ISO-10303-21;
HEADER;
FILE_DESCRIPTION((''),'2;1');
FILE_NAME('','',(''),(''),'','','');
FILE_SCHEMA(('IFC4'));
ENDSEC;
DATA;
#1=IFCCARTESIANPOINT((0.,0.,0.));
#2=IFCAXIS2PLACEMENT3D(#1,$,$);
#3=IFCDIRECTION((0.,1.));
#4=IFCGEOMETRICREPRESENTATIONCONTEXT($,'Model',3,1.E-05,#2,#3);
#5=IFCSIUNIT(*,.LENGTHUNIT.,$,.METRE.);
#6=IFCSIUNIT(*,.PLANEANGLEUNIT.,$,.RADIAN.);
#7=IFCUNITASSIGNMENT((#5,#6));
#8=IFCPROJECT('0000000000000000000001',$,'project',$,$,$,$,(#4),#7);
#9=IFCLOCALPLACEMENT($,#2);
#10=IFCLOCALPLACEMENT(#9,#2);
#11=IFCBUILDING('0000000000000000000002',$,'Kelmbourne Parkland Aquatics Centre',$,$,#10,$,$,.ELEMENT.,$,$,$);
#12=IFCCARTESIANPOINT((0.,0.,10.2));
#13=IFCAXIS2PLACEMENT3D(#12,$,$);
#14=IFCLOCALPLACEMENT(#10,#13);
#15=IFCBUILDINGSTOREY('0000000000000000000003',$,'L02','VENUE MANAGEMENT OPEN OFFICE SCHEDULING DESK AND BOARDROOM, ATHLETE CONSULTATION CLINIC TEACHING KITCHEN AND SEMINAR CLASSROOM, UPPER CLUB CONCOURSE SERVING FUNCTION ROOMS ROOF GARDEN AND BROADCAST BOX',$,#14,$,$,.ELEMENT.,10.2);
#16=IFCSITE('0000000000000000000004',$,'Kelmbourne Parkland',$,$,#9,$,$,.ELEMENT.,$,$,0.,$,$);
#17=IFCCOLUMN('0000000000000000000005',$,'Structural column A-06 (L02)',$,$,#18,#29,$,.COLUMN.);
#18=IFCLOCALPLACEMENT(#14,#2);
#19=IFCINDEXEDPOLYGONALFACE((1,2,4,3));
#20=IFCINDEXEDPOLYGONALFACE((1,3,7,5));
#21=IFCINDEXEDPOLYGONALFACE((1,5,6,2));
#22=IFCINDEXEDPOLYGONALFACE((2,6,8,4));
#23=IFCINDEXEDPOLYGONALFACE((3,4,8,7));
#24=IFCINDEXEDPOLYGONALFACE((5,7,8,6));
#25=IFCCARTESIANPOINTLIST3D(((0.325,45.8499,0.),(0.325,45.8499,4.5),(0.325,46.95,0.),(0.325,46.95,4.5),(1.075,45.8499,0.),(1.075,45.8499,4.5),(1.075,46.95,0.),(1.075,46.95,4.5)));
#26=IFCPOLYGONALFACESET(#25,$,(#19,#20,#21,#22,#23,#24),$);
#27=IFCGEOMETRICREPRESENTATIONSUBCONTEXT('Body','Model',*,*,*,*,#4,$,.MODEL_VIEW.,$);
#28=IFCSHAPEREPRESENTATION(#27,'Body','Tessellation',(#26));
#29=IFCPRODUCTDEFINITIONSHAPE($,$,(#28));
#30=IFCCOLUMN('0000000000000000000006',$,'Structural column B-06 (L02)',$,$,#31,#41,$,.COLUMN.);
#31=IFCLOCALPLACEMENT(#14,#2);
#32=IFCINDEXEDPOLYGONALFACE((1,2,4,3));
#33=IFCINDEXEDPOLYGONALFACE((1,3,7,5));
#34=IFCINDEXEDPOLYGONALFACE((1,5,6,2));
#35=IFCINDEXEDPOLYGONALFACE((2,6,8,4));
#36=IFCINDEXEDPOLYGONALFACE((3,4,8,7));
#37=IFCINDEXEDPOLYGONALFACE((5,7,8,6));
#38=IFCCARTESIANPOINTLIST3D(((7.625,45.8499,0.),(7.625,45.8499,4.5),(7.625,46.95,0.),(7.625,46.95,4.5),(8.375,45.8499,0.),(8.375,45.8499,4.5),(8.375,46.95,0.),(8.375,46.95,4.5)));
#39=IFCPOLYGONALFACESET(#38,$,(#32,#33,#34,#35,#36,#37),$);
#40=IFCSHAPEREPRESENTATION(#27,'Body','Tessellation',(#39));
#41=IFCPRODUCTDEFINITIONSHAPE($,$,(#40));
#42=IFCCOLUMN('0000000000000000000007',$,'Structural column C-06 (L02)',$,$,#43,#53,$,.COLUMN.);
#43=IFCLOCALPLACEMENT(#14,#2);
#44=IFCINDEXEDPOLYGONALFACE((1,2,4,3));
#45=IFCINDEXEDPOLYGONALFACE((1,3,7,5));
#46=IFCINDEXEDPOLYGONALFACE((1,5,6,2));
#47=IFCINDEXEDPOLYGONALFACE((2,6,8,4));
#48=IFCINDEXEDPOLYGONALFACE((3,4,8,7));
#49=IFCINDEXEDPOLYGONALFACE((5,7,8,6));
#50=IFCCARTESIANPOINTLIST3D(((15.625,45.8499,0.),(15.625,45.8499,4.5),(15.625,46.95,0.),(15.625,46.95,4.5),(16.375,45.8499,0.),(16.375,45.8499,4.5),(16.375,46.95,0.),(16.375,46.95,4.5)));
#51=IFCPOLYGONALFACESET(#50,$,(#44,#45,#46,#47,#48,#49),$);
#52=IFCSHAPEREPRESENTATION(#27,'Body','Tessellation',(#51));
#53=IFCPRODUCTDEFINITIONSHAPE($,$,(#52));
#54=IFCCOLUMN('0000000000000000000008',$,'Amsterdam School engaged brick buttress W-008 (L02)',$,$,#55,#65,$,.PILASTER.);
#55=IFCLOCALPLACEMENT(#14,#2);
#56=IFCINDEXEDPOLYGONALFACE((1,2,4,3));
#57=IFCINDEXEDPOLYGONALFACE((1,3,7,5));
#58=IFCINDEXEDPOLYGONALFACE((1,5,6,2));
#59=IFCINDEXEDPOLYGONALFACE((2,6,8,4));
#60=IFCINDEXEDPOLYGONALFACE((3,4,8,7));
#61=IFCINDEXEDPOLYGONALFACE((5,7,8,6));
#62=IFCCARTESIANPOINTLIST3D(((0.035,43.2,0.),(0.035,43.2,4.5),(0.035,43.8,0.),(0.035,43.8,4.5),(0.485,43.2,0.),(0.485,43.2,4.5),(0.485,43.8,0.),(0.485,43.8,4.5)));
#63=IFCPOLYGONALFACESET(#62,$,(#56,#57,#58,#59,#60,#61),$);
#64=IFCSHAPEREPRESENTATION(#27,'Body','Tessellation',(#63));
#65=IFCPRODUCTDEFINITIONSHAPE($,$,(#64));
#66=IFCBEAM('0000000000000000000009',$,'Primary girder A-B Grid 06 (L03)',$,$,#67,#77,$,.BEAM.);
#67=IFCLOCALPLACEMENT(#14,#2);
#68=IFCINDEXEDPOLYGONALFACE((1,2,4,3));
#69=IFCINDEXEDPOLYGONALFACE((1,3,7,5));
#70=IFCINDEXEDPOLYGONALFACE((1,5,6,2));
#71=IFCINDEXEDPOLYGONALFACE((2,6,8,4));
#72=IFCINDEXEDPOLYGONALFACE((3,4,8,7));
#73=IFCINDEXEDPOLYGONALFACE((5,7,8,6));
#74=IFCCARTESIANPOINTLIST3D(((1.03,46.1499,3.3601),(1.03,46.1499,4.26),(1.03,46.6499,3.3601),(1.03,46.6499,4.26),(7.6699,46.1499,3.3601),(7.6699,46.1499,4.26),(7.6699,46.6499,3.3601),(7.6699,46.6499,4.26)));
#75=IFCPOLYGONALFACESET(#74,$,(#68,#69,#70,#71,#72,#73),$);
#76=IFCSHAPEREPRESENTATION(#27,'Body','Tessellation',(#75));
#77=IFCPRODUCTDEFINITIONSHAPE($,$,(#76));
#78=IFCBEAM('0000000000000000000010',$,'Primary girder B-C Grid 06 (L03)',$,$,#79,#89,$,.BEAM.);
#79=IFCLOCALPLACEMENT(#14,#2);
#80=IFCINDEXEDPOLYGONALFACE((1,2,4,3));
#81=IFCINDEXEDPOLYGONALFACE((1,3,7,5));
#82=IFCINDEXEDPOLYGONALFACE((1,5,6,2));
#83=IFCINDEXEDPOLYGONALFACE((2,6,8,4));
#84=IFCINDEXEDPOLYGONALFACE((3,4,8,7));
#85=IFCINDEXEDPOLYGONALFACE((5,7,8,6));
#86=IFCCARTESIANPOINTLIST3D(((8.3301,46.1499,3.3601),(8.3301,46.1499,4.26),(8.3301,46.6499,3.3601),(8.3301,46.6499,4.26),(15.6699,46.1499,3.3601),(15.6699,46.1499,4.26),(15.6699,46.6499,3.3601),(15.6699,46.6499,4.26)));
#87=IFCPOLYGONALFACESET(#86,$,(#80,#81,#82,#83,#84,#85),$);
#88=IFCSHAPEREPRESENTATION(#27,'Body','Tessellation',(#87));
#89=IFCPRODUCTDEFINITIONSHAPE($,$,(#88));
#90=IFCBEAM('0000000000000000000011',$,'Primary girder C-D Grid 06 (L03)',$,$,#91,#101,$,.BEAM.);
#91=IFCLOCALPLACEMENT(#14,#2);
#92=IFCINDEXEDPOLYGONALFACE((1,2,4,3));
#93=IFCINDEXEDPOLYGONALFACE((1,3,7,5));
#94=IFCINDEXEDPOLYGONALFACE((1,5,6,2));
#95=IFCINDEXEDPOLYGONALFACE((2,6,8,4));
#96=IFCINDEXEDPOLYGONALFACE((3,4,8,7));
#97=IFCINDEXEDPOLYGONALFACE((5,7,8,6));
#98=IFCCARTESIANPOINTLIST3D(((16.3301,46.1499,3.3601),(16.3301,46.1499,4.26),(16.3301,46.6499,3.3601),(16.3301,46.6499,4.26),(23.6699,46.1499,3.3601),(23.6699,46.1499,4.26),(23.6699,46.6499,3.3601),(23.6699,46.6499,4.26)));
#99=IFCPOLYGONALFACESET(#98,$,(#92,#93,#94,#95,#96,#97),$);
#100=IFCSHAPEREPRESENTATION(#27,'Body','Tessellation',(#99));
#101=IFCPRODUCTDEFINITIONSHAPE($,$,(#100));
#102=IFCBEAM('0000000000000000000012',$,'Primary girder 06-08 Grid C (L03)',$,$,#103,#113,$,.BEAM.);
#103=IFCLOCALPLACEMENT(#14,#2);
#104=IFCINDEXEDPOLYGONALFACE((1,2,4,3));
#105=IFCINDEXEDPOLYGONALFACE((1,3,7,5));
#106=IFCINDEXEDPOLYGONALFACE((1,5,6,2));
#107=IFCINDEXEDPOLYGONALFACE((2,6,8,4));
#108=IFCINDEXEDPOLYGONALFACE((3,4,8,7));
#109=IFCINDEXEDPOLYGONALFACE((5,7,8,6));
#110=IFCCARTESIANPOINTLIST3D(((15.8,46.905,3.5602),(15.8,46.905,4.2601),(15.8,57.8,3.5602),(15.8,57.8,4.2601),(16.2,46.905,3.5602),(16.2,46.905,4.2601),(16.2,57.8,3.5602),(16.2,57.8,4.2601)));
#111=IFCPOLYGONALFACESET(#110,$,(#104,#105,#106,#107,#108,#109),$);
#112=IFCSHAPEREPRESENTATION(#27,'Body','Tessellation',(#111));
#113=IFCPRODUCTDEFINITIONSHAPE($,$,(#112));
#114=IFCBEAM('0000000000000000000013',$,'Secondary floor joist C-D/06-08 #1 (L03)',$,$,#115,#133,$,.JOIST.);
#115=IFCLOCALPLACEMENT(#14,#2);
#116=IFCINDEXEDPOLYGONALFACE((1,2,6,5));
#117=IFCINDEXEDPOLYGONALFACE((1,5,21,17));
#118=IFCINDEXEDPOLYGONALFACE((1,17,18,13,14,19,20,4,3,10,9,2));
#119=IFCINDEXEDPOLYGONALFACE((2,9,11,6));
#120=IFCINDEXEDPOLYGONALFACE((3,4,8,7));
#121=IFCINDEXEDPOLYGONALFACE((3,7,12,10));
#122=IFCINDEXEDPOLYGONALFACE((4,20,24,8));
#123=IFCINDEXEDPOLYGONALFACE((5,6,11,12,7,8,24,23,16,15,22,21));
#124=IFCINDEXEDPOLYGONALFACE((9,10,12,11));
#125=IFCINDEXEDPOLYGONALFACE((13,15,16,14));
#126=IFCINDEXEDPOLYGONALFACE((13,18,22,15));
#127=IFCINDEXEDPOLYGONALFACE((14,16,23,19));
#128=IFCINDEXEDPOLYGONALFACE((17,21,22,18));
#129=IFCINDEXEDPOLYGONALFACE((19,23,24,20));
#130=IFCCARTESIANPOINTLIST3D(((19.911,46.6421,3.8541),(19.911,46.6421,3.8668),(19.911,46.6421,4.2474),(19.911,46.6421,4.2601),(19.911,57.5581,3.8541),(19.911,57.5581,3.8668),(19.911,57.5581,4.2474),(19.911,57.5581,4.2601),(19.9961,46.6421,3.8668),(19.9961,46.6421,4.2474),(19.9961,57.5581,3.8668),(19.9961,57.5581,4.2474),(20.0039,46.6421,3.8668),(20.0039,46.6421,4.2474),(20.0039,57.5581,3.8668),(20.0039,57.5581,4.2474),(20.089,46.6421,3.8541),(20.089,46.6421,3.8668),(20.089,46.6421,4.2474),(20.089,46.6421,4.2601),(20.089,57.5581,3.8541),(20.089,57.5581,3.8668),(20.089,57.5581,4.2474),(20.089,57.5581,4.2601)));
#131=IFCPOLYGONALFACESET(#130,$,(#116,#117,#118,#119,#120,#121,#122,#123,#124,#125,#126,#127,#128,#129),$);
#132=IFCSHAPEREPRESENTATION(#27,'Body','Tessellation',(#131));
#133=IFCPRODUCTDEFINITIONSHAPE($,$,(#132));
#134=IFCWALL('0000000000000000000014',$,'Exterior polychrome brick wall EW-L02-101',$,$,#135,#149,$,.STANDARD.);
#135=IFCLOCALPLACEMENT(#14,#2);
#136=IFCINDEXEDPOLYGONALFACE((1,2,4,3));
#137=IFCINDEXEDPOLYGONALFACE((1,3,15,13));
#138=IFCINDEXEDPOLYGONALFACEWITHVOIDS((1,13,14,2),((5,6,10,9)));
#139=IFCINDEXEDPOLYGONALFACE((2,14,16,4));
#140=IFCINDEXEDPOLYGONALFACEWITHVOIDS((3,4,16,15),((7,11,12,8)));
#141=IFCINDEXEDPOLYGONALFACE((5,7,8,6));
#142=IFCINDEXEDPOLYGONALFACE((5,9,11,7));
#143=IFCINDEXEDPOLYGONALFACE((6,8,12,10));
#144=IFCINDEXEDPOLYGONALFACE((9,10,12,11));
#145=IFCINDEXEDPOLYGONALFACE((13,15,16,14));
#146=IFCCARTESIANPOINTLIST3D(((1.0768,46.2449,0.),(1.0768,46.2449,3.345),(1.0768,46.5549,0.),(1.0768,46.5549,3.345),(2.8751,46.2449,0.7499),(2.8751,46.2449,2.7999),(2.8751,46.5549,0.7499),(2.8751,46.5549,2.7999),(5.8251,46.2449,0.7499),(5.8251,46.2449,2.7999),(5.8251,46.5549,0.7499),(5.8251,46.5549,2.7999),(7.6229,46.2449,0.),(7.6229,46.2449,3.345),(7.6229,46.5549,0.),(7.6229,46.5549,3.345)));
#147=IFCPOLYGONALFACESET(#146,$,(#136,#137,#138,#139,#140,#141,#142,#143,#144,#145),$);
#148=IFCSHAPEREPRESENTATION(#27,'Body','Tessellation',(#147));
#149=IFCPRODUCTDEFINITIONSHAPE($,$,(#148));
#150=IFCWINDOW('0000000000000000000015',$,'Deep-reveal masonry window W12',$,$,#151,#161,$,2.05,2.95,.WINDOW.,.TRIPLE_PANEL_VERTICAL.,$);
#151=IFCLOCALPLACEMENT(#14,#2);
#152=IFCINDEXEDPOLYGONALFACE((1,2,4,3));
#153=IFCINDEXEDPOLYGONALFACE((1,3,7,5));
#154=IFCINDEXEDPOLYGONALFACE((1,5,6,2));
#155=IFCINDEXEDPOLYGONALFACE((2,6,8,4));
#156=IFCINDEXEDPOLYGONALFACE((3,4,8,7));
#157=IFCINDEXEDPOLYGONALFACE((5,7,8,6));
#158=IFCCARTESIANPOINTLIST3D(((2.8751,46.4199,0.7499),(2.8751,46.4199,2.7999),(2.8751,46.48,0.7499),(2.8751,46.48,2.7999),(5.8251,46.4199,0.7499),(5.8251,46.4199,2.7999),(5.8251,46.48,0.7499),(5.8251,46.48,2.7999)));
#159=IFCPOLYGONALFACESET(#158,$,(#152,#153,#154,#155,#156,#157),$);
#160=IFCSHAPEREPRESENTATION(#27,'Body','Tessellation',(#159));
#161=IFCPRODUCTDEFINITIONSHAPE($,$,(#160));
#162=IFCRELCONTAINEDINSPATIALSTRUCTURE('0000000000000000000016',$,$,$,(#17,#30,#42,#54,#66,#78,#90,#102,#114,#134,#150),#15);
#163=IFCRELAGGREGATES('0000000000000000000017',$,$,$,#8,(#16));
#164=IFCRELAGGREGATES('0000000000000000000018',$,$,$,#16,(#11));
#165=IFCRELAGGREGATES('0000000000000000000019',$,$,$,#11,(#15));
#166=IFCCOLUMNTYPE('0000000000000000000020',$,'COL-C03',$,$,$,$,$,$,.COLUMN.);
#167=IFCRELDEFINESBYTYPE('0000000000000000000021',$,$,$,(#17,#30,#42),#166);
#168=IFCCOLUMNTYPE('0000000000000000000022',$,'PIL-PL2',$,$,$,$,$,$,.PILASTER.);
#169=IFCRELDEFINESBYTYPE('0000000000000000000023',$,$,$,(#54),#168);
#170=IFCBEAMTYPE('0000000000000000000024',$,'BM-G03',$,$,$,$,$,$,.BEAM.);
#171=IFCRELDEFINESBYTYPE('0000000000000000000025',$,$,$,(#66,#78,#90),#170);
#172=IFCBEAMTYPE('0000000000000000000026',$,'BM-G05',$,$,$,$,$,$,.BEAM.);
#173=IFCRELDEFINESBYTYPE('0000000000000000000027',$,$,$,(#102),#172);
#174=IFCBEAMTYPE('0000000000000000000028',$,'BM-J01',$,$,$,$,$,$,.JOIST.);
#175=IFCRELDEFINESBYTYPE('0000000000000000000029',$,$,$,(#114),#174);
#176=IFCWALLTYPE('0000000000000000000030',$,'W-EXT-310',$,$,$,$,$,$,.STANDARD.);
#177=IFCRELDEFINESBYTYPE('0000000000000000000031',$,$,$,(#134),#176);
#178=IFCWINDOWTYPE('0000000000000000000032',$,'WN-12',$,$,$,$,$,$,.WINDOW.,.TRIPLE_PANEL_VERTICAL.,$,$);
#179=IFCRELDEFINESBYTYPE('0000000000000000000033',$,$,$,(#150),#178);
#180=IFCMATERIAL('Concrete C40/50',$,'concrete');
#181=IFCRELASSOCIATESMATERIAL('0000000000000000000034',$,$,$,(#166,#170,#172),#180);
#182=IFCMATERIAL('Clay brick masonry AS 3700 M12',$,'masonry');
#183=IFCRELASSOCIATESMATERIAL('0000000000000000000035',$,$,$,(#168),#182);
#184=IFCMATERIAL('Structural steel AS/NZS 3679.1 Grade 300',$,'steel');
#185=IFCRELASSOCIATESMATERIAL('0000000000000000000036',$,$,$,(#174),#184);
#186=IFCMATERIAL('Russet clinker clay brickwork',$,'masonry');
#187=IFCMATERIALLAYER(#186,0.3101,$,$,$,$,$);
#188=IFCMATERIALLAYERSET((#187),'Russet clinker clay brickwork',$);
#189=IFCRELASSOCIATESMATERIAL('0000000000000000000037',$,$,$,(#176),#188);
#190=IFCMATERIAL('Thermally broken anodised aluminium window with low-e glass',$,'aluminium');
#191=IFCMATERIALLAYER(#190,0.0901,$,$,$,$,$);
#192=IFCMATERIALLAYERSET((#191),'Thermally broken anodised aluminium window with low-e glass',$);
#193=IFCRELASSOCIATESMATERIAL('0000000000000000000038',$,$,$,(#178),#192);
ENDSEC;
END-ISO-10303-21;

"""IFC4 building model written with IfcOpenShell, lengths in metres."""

from ifc_helpers import new_model, si_unit, direction, frame, frame_2d, origin, origin_2d, place, context, subcontext, project, spatial, rectangle, i_section, extrude, material, layer, layer_set, material_profile, profile_set, type_object, element, fill, save


model = new_model("IFC4")

# Units and contexts
model_context = context("Model", 3, precision=1e-05, world=origin(), true_north=direction((0.0, 1.0)))
body_context = subcontext(model_context, "Body", "Model", "MODEL_VIEW")
ifc_project = project(units=[si_unit("LENGTHUNIT", "METRE"), si_unit("PLANEANGLEUNIT", "RADIAN")], contexts=[model_context])

# Site, building, storey
site_placement = place(None, origin())
site = spatial("IfcSite", under=ifc_project, at=site_placement, Name="Kelmbourne Parkland", CompositionType="ELEMENT", RefElevation=0.0)
building_placement = place(site_placement, origin())
building = spatial("IfcBuilding", under=site, at=building_placement, Name="Kelmbourne Parkland Aquatics Centre", CompositionType="ELEMENT")
storey_placement = place(building_placement, frame((0.0, 0.0, 10.2)))
storey = spatial("IfcBuildingStorey", under=building, at=storey_placement, Name="L02", Description="VENUE MANAGEMENT OPEN OFFICE SCHEDULING DESK AND BOARDROOM, ATHLETE CONSULTATION CLINIC TEACHING KITCHEN AND SEMINAR CLASSROOM, UPPER CLUB CONCOURSE SERVING FUNCTION ROOMS ROOF GARDEN AND BROADCAST BOX", CompositionType="ELEMENT", Elevation=10.2)

# Columns
ifc_material_1 = material(Name="Concrete C40/50", Category="concrete")
ifc_material_profile_1 = material_profile(ifc_material_1, rectangle(XDim=0.75, YDim=1.1001, at=origin_2d()), Name="RC 750x1100")
ifc_profile_set_1 = profile_set([ifc_material_profile_1], Name="Concrete C40/50")
column_type_1 = type_object("IfcColumnType", Name="COL-C03", PredefinedType="COLUMN", material=ifc_profile_set_1)
for number, where, z_axis, x_axis, name in (
    (1, (0.7, 46.3999, 0.0), (0.0, 0.0, 1.0), (1.0, 0.0, 0.0), "Structural column A-06 (L02)"),
    (2, (8.0, 46.3999, 0.0), (0.0, 0.0, 1.0), (1.0, 0.0, 0.0), "Structural column B-06 (L02)"),
    (3, (16.0, 46.3999, 0.0), (0.0, 0.0, 1.0), (1.0, 0.0, 0.0), "Structural column C-06 (L02)"),
):
    element("IfcColumn", number, at=place(storey_placement, frame(where, z_axis=z_axis, x_axis=x_axis)), inside=storey, type_object=column_type_1, Name=name, PredefinedType="COLUMN", context=body_context, shape_type="SweptSolid", body=[
        extrude(rectangle(XDim=0.75, YDim=1.1001, at=origin_2d()), origin(), (0.0, 0.0, 1.0), 4.5),
    ])
ifc_material_2 = material(Name="Clay brick masonry AS 3700 M12", Category="masonry")
ifc_material_profile_2 = material_profile(ifc_material_2, rectangle(XDim=0.45, YDim=0.6001, at=origin_2d()), Name="PIL 450x600")
ifc_profile_set_2 = profile_set([ifc_material_profile_2], Name="Clay brick masonry AS 3700 M12")
column_type_2 = type_object("IfcColumnType", Name="PIL-PL2", PredefinedType="PILASTER", material=ifc_profile_set_2)
column_placement = place(storey_placement, frame((0.26, 43.5, 0.0), z_axis=(0.0, 0.0, 1.0), x_axis=(1.0, 0.0, 0.0)))
element("IfcColumn", 4, at=column_placement, inside=storey, type_object=column_type_2, Name="Amsterdam School engaged brick buttress W-008 (L02)", PredefinedType="PILASTER", context=body_context, shape_type="SweptSolid", body=[
    extrude(rectangle(XDim=0.45, YDim=0.6001, at=origin_2d()), origin(), (0.0, 0.0, 1.0), 4.5),
])

# Beams
ifc_material_profile_3 = material_profile(ifc_material_1, rectangle(XDim=0.5, YDim=0.8999, at=origin_2d()), Name="RC 500x900")
ifc_profile_set_3 = profile_set([ifc_material_profile_3], Name="Concrete C40/50")
beam_type_1 = type_object("IfcBeamType", Name="BM-G03", PredefinedType="BEAM", material=ifc_profile_set_3)
beam_1_placement = place(storey_placement, frame((1.03, 46.3999, 3.8101), z_axis=(1.0, 0.0, 0.0), x_axis=(0.0, 1.0, 0.0)))
element("IfcBeam", 5, at=beam_1_placement, inside=storey, type_object=beam_type_1, Name="Primary girder A-B Grid 06 (L03)", PredefinedType="BEAM", context=body_context, shape_type="SweptSolid", body=[
    extrude(rectangle(XDim=0.5, YDim=0.8999, at=origin_2d()), origin(), (0.0, 0.0, 1.0), 6.6399),
])
for number, where, z_axis, x_axis, name in (
    (6, (8.3301, 46.3999, 3.8101), (1.0, 0.0, 0.0), (0.0, 1.0, 0.0), "Primary girder B-C Grid 06 (L03)"),
    (7, (16.3301, 46.3999, 3.8101), (1.0, 0.0, 0.0), (0.0, 1.0, 0.0), "Primary girder C-D Grid 06 (L03)"),
):
    element("IfcBeam", number, at=place(storey_placement, frame(where, z_axis=z_axis, x_axis=x_axis)), inside=storey, type_object=beam_type_1, Name=name, PredefinedType="BEAM", context=body_context, shape_type="SweptSolid", body=[
        extrude(rectangle(XDim=0.5, YDim=0.8999, at=origin_2d()), origin(), (0.0, 0.0, 1.0), 7.3398),
    ])
ifc_material_profile_4 = material_profile(ifc_material_1, rectangle(XDim=0.3999, YDim=0.7, at=origin_2d()), Name="RC 400x700")
ifc_profile_set_4 = profile_set([ifc_material_profile_4], Name="Concrete C40/50")
beam_type_2 = type_object("IfcBeamType", Name="BM-G05", PredefinedType="BEAM", material=ifc_profile_set_4)
beam_2_placement = place(storey_placement, frame((16.0, 46.905, 3.9102), z_axis=(0.0, 1.0, 0.0), x_axis=(-1.0, 0.0, 0.0)))
element("IfcBeam", 8, at=beam_2_placement, inside=storey, type_object=beam_type_2, Name="Primary girder 06-08 Grid C (L03)", PredefinedType="BEAM", context=body_context, shape_type="SweptSolid", body=[
    extrude(rectangle(XDim=0.3999, YDim=0.7, at=origin_2d()), origin(), (0.0, 0.0, 1.0), 10.895),
])
ifc_material_3 = material(Name="Structural steel AS/NZS 3679.1 Grade 300", Category="steel")
ifc_material_profile_5 = material_profile(ifc_material_3, i_section(OverallWidth=0.178, OverallDepth=0.406, WebThickness=0.0078, FlangeThickness=0.0127, at=origin_2d()), Name="410UB59.7")
ifc_profile_set_5 = profile_set([ifc_material_profile_5], Name="Structural steel AS/NZS 3679.1 Grade 300")
beam_type_3 = type_object("IfcBeamType", Name="BM-J01", PredefinedType="JOIST", material=ifc_profile_set_5)
beam_3_placement = place(storey_placement, frame((20.0, 46.6421, 4.0571), z_axis=(0.0, 1.0, 0.0), x_axis=(-1.0, 0.0, 0.0)))
element("IfcBeam", 9, at=beam_3_placement, inside=storey, type_object=beam_type_3, Name="Secondary floor joist C-D/06-08 #1 (L03)", PredefinedType="JOIST", context=body_context, shape_type="SweptSolid", body=[
    extrude(i_section(OverallWidth=0.178, OverallDepth=0.406, WebThickness=0.0078, FlangeThickness=0.0127, at=origin_2d()), origin(), (0.0, 0.0, 1.0), 10.916),
])

# Wall, opening, window
ifc_material_4 = material(Name="Russet clinker clay brickwork", Category="masonry")
ifc_layer_1 = layer(ifc_material_4, 0.3101)
ifc_layer_set_1 = layer_set([ifc_layer_1], Name="Russet clinker clay brickwork")
wall_type_1 = type_object("IfcWallType", Name="W-EXT-310", PredefinedType="STANDARD", material=ifc_layer_set_1)
wall_1_placement = place(storey_placement, frame((1.0769, 46.3999, 0.0), z_axis=(0.0, 0.0, 1.0), x_axis=(1.0, 0.0, 0.0)))
wall_1 = element("IfcWall", 10, at=wall_1_placement, inside=storey, type_object=wall_type_1, Name="Exterior polychrome brick wall EW-L02-101", PredefinedType="STANDARD", context=body_context, shape_type="SweptSolid", body=[
    extrude(rectangle(XDim=6.5461, YDim=0.3101, at=frame_2d((3.2729, 0.0))), origin(), (0.0, 0.0, 1.0), 3.345),
])
opening_1_placement = place(wall_1_placement, frame((1.7981, 0.0, 0.75)))
opening_1 = element("IfcOpeningElement", 11, at=opening_1_placement, cuts=wall_1, PredefinedType="OPENING", context=body_context, shape_type="SweptSolid", body=[
    extrude(rectangle(XDim=2.95, YDim=2.05, at=frame_2d((1.4751, 1.0249))), frame((0.0, 0.167, 0.0), z_axis=(0.0, -1.0, 0.0), x_axis=(1.0, 0.0, 0.0)), (0.0, 0.0, 1.0), 0.334),
])
ifc_material_5 = material(Name="Thermally broken anodised aluminium window with low-e glass", Category="aluminium")
ifc_layer_2 = layer(ifc_material_5, 0.0901)
ifc_layer_set_2 = layer_set([ifc_layer_2], Name="Thermally broken anodised aluminium window with low-e glass")
window_type_1 = type_object("IfcWindowType", Name="WN-12", PartitioningType="TRIPLE_PANEL_VERTICAL", PredefinedType="WINDOW", material=ifc_layer_set_2)
window_1_placement = place(opening_1_placement, origin())
window_1 = element("IfcWindow", 12, at=window_1_placement, inside=storey, type_object=window_type_1, Name="Deep-reveal masonry window W12", OverallHeight=2.05, OverallWidth=2.95, PartitioningType="TRIPLE_PANEL_VERTICAL", PredefinedType="WINDOW", context=body_context, shape_type="SweptSolid", body=[
    extrude(rectangle(XDim=2.95, YDim=2.05, at=frame_2d((1.4751, 1.0249))), frame((0.0, 0.0801, 0.0), z_axis=(0.0, -1.0, 0.0), x_axis=(1.0, 0.0, 0.0)), (0.0, 0.0, 1.0), 0.0601),
])
fill(opening_1, window_1)

save(model, "model.ifc")
